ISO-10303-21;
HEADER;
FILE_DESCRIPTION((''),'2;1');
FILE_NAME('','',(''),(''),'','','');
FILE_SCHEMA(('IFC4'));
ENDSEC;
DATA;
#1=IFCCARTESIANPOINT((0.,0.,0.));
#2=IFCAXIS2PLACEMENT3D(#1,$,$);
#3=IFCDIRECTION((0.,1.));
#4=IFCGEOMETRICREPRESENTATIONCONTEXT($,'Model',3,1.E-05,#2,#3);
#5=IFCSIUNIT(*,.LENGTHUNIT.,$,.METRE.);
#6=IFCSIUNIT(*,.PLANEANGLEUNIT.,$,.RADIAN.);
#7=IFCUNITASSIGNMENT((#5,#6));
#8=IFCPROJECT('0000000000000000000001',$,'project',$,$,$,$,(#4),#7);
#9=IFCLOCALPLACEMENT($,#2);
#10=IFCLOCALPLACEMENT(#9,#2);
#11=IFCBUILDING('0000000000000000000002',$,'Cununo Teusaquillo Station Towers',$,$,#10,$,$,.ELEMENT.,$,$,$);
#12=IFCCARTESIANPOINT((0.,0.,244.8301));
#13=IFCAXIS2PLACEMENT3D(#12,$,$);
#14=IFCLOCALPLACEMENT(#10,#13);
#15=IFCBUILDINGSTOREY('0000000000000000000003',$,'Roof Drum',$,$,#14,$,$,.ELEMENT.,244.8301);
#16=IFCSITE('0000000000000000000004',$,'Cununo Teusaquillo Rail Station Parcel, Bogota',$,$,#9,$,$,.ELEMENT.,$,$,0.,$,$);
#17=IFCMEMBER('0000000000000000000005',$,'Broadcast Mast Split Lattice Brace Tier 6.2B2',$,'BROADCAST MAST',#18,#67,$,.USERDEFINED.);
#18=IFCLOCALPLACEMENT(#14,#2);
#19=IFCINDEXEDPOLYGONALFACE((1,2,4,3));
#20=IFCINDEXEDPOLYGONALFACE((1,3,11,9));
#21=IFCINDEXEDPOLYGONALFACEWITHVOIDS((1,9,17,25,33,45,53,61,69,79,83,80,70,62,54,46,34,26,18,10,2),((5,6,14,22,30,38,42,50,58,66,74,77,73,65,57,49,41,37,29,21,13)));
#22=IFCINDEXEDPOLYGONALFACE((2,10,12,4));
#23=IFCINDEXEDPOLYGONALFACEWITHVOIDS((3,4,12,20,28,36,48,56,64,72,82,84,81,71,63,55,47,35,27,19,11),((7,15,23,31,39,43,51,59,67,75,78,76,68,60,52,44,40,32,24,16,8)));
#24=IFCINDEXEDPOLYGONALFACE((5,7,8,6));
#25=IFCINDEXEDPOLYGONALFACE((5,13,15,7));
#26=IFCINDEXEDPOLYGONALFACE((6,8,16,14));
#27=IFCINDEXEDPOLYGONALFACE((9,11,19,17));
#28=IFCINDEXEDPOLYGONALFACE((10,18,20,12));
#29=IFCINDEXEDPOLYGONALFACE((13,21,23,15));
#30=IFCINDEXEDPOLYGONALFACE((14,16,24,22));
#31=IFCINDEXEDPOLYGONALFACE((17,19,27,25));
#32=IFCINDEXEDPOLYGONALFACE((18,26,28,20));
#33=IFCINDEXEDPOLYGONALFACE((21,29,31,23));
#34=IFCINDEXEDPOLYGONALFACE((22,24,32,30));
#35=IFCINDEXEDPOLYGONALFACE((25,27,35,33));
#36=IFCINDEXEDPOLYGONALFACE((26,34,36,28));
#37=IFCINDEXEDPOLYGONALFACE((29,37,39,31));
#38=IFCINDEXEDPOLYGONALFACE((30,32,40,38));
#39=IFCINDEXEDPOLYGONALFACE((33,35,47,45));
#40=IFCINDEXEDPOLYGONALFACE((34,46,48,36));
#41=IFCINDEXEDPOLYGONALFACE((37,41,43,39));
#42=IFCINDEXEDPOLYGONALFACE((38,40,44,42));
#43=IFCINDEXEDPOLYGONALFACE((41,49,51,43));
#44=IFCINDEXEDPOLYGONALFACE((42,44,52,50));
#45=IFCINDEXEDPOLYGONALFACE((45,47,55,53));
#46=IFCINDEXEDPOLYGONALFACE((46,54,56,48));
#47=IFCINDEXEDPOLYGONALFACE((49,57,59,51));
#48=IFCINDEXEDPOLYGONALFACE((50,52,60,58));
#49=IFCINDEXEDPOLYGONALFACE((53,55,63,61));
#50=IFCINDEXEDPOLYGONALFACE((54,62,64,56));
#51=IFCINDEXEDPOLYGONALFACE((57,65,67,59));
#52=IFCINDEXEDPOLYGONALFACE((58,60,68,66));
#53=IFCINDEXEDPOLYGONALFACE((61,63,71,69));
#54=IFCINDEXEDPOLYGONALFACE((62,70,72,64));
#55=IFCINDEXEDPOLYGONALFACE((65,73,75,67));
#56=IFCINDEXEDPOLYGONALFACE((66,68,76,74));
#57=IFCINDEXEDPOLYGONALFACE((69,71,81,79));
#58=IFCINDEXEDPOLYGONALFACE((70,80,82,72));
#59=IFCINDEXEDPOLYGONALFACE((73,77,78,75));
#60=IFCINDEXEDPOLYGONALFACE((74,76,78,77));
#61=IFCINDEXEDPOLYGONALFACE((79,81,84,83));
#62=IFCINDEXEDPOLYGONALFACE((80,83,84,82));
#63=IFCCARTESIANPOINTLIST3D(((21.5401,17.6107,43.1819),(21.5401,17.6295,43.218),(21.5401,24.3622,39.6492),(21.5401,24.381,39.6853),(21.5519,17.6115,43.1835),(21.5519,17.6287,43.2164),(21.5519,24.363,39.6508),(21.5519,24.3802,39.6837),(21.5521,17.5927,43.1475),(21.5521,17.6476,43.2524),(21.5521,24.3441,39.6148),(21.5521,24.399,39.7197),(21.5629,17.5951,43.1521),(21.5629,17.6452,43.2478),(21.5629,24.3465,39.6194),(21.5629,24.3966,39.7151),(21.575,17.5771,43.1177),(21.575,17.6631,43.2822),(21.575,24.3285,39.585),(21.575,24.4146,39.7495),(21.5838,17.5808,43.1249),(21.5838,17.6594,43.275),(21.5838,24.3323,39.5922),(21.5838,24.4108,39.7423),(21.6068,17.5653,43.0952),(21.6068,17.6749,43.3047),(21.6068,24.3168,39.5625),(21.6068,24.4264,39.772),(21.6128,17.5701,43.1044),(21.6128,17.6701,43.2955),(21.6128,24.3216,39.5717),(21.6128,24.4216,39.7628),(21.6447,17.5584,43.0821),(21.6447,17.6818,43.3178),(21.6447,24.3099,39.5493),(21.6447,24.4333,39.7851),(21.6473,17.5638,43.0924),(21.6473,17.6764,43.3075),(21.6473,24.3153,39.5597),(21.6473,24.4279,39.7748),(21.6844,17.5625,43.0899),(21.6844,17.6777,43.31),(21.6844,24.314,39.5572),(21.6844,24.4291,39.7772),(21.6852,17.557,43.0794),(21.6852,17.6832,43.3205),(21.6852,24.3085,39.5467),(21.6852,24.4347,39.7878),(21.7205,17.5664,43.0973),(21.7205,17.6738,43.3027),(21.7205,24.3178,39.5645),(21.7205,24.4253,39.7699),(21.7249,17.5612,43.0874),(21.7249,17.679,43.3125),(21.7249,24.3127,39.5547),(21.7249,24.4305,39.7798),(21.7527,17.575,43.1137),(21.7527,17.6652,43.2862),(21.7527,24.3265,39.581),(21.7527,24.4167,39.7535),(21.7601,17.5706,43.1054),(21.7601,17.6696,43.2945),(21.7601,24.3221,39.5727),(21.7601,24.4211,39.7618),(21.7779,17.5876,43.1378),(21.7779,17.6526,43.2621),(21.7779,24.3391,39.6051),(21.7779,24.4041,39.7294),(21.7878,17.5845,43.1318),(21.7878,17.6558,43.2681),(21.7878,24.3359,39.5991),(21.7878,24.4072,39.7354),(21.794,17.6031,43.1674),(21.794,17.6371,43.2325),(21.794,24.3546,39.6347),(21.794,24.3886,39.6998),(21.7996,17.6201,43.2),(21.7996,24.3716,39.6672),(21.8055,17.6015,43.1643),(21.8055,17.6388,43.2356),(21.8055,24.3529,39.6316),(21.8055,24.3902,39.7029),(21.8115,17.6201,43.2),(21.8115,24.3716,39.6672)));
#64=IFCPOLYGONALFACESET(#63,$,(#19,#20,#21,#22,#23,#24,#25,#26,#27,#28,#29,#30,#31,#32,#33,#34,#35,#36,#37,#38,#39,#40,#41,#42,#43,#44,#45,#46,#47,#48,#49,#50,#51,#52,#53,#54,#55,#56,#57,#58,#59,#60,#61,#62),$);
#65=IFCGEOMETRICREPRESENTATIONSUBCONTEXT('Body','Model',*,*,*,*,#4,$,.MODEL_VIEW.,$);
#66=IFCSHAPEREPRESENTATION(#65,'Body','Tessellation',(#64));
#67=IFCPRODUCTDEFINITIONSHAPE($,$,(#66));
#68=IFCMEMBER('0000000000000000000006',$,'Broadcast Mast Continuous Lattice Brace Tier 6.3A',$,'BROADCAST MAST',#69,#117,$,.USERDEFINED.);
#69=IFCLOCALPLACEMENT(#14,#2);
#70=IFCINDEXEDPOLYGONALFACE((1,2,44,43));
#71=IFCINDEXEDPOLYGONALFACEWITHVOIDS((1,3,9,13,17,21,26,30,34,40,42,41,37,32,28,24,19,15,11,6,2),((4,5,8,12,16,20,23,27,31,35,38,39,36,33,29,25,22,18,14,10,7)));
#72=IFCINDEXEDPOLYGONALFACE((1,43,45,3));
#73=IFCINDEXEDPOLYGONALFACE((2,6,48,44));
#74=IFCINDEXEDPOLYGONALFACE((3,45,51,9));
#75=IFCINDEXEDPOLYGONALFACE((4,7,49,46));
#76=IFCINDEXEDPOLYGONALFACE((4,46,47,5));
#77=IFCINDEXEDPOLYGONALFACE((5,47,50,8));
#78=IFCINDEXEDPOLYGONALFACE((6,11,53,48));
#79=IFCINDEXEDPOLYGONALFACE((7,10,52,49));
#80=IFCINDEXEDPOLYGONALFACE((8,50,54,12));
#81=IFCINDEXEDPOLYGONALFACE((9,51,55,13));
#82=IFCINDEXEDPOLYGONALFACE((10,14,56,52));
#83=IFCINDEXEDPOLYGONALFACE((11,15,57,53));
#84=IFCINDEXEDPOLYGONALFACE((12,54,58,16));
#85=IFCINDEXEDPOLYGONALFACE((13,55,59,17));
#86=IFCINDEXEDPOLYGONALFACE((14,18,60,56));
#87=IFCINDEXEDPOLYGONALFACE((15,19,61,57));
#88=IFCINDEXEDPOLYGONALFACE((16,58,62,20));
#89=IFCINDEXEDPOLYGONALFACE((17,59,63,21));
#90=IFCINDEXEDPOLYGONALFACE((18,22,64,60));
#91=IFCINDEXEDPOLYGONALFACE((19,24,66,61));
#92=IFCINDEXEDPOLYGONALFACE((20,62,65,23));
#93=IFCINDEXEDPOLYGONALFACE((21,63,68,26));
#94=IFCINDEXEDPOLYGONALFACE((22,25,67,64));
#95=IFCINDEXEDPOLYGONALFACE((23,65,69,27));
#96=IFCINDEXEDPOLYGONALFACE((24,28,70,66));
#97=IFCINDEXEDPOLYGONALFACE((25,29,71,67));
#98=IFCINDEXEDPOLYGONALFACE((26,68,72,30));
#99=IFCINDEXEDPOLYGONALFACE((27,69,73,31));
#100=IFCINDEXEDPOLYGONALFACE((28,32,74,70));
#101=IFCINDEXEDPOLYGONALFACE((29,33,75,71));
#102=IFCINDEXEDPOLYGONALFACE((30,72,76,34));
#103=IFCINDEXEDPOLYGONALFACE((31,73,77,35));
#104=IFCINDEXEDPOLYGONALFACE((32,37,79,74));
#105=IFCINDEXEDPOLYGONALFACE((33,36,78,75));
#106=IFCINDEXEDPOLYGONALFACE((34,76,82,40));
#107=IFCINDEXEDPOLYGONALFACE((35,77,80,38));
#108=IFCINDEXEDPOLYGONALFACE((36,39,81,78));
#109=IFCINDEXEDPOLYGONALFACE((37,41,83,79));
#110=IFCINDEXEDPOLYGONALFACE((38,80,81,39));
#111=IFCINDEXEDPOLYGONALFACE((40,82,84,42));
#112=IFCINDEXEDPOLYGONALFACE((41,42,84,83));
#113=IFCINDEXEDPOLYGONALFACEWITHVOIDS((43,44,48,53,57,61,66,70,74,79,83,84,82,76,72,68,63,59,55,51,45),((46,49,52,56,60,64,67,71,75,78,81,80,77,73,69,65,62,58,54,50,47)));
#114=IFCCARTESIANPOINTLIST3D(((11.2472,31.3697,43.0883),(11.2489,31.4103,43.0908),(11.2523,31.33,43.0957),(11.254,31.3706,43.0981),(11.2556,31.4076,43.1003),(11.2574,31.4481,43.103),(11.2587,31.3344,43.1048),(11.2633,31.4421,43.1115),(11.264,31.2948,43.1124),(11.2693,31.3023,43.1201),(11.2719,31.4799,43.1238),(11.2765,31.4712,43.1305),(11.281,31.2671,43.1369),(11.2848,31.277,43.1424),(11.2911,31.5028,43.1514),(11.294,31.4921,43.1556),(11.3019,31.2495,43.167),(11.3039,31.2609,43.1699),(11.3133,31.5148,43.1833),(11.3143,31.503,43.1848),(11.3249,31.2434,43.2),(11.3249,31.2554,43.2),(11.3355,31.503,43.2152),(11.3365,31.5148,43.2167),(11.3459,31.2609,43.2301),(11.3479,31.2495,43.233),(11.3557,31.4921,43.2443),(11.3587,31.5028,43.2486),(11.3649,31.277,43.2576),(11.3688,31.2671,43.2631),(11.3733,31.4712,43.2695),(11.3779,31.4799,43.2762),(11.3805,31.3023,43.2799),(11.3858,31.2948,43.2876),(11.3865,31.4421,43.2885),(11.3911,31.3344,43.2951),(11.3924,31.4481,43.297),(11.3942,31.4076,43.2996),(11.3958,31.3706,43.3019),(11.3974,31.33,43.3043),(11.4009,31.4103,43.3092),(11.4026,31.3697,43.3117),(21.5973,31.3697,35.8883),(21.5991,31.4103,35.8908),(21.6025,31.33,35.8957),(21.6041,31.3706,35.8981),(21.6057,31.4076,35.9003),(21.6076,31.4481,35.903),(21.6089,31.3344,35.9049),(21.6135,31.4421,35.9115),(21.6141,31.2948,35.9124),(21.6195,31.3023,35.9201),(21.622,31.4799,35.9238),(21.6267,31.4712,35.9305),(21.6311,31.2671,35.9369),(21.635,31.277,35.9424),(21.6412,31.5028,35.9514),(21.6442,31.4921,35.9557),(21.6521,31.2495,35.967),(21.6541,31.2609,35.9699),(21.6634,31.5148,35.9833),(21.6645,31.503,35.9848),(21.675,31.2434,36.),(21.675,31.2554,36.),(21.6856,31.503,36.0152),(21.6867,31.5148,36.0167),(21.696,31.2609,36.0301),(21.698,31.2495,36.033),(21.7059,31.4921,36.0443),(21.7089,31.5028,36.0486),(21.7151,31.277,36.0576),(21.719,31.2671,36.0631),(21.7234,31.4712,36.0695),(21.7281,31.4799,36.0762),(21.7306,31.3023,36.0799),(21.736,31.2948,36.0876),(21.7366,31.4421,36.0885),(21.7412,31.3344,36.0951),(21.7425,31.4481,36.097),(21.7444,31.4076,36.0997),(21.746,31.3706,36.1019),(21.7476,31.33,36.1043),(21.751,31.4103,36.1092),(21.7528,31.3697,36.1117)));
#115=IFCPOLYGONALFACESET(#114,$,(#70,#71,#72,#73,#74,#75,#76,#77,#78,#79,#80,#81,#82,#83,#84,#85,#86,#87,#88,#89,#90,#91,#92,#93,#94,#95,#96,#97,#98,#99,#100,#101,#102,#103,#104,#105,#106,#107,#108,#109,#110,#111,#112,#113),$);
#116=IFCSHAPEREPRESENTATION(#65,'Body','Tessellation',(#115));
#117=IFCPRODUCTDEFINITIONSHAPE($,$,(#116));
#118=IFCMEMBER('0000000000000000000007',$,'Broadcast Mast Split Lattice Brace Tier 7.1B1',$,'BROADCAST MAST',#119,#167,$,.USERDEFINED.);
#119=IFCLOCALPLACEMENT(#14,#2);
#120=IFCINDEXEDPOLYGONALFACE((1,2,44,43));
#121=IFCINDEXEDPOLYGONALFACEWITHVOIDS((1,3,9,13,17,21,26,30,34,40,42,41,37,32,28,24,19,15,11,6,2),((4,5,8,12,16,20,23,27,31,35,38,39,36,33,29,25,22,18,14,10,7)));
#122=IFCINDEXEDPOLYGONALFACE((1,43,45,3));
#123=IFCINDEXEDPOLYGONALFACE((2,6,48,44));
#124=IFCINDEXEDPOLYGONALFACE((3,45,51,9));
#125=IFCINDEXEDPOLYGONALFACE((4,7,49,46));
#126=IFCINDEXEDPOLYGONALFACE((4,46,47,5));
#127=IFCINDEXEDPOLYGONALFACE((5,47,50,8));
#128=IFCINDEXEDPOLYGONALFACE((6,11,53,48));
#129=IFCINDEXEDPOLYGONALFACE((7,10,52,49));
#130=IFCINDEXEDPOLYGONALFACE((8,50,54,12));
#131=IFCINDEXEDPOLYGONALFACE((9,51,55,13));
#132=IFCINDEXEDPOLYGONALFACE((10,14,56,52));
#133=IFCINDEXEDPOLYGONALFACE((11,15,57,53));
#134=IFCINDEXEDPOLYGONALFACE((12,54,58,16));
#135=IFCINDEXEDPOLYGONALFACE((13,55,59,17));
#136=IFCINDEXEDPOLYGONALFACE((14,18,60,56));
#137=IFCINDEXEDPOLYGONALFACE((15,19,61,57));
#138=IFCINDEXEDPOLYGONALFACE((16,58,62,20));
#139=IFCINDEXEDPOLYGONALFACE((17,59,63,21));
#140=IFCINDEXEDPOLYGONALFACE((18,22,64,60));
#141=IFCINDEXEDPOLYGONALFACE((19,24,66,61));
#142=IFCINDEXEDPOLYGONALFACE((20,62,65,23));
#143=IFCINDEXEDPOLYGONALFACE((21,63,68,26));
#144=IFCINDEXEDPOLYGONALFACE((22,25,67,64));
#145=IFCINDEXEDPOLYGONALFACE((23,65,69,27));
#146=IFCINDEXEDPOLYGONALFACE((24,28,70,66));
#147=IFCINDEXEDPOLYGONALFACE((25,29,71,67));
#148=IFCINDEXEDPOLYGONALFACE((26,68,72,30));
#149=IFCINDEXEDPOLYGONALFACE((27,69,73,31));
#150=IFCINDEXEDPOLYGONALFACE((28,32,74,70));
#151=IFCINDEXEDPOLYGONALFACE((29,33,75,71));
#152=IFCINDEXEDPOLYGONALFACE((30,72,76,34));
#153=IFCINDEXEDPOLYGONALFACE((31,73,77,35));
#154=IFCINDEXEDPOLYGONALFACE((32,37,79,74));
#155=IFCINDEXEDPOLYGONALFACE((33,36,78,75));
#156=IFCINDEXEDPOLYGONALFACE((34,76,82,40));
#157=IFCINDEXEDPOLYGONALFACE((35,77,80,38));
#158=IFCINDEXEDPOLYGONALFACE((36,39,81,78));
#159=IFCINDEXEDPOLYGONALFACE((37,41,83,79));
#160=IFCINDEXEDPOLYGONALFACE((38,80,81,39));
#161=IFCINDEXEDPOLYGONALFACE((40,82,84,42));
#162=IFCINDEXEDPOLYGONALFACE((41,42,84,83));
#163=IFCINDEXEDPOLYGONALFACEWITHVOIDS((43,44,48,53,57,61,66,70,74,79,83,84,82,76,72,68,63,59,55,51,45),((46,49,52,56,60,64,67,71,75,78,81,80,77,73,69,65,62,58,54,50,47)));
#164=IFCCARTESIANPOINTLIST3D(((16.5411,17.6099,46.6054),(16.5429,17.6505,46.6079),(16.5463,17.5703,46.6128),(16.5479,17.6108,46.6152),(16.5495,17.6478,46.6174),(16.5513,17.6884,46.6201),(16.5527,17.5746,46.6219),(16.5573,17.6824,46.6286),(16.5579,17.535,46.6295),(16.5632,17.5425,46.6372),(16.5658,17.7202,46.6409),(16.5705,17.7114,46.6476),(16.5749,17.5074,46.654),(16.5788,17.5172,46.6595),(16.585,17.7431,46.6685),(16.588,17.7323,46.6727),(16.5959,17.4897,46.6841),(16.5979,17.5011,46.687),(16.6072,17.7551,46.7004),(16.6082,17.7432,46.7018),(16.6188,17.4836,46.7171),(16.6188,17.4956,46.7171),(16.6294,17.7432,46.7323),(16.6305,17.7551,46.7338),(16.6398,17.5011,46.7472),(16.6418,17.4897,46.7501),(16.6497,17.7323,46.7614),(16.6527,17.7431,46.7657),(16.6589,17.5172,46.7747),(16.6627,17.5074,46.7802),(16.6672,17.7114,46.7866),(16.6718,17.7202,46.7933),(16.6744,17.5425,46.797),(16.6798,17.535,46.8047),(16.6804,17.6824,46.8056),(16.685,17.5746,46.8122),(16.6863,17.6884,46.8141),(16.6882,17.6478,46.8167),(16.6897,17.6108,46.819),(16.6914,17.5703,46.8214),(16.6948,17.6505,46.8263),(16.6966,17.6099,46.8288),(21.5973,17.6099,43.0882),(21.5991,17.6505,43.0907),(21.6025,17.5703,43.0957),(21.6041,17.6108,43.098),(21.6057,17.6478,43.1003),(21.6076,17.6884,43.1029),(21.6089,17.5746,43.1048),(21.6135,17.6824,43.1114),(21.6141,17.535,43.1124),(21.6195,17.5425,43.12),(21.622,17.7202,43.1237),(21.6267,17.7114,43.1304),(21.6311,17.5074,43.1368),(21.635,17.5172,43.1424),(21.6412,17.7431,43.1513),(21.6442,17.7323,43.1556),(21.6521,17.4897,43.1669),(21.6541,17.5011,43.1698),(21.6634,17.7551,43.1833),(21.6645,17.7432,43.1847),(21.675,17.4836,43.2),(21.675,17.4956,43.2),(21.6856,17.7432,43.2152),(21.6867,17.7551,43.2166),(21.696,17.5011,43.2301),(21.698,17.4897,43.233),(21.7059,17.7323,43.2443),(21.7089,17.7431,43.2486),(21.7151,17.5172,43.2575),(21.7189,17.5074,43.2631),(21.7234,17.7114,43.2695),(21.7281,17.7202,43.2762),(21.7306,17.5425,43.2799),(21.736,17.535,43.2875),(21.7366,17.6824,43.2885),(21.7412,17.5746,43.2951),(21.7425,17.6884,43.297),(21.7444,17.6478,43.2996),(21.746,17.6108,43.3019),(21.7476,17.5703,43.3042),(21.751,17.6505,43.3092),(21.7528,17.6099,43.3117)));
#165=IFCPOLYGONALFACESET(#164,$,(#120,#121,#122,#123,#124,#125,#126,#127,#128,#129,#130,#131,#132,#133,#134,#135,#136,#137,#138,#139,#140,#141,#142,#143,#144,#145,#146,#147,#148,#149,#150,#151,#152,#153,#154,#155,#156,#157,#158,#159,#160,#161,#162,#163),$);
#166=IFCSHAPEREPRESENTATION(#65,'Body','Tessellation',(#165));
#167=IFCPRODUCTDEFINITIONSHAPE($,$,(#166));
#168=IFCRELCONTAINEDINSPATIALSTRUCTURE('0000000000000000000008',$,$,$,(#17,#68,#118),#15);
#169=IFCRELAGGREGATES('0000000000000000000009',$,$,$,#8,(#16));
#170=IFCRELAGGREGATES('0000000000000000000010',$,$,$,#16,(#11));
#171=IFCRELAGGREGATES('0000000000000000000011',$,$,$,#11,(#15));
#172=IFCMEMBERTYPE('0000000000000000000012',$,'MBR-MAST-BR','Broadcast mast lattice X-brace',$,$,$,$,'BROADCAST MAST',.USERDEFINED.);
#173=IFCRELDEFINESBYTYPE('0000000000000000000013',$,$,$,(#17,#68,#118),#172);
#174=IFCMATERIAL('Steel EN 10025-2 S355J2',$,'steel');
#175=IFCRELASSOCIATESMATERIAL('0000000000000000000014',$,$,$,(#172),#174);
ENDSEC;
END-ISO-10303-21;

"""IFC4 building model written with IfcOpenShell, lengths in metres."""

from ifc_helpers import new_model, si_unit, direction, frame, origin, origin_2d, place, context, subcontext, project, spatial, hollow_circle, extrude, material, material_profile, profile_set, type_object, element, save


model = new_model("IFC4")

# Units and contexts
model_context = context("Model", 3, precision=1e-05, world=origin(), true_north=direction((0.0, 1.0)))
body_context = subcontext(model_context, "Body", "Model", "MODEL_VIEW")
ifc_project = project(units=[si_unit("LENGTHUNIT", "METRE"), si_unit("PLANEANGLEUNIT", "RADIAN")], contexts=[model_context])

# Site, building, storey
site_placement = place(None, origin())
site = spatial("IfcSite", under=ifc_project, at=site_placement, Name="Cununo Teusaquillo Rail Station Parcel, Bogota", CompositionType="ELEMENT", RefElevation=0.0)
building_placement = place(site_placement, origin())
building = spatial("IfcBuilding", under=site, at=building_placement, Name="Cununo Teusaquillo Station Towers", CompositionType="ELEMENT")
storey_placement = place(building_placement, frame((0.0, 0.0, 244.8301)))
storey = spatial("IfcBuildingStorey", under=building, at=storey_placement, Name="Roof Drum", CompositionType="ELEMENT", Elevation=244.8301)

# Members
ifc_material_1 = material(Name="Steel EN 10025-2 S355J2", Category="steel")
ifc_material_profile_1 = material_profile(ifc_material_1, hollow_circle(Radius=0.1365, WallThickness=0.012, at=origin_2d()), Name="CHS 273x12")
ifc_profile_set_1 = profile_set([ifc_material_profile_1], Name="Steel EN 10025-2 S355J2")
member_type_1 = type_object("IfcMemberType", Name="MBR-MAST-BR", Description="Broadcast mast lattice X-brace", ElementType="BROADCAST MAST", PredefinedType="USERDEFINED", material=ifc_profile_set_1)
for number, where, z_axis, x_axis, name in (
    (1, (21.675, 24.3716, 39.6672), (0.0, -0.886035, 0.463619), (1.0, 0.0, 0.0), "Broadcast Mast Split Lattice Brace Tier 6.2B2"),
):
    element("IfcMember", number, at=place(storey_placement, frame(where, z_axis=z_axis, x_axis=x_axis)), inside=storey, type_object=member_type_1, Name=name, ObjectType="BROADCAST MAST", PredefinedType="USERDEFINED", context=body_context, shape_type="SweptSolid", body=[
        extrude(hollow_circle(Radius=0.1365, WallThickness=0.012, at=origin_2d()), origin(), (0.0, 0.0, 1.0), 7.6199),
    ])
member_1_placement = place(storey_placement, frame((21.675, 31.3799, 36.0), z_axis=(-0.82091, 0.0, 0.571058), x_axis=(0.0, -1.0, 0.0)))
element("IfcMember", 2, at=member_1_placement, inside=storey, type_object=member_type_1, Name="Broadcast Mast Continuous Lattice Brace Tier 6.3A", ObjectType="BROADCAST MAST", PredefinedType="USERDEFINED", context=body_context, shape_type="SweptSolid", body=[
    extrude(hollow_circle(Radius=0.1365, WallThickness=0.012, at=origin_2d()), origin(), (0.0, 0.0, 1.0), 12.6082),
])
member_2_placement = place(storey_placement, frame((21.675, 17.6201, 43.2), z_axis=(-0.820923, 0.0, 0.571039), x_axis=(0.0, -1.0, 0.0)))
element("IfcMember", 3, at=member_2_placement, inside=storey, type_object=member_type_1, Name="Broadcast Mast Split Lattice Brace Tier 7.1B1", ObjectType="BROADCAST MAST", PredefinedType="USERDEFINED", context=body_context, shape_type="SweptSolid", body=[
    extrude(hollow_circle(Radius=0.1365, WallThickness=0.012, at=origin_2d()), origin(), (0.0, 0.0, 1.0), 6.1592),
])

save(model, "model.ifc")
